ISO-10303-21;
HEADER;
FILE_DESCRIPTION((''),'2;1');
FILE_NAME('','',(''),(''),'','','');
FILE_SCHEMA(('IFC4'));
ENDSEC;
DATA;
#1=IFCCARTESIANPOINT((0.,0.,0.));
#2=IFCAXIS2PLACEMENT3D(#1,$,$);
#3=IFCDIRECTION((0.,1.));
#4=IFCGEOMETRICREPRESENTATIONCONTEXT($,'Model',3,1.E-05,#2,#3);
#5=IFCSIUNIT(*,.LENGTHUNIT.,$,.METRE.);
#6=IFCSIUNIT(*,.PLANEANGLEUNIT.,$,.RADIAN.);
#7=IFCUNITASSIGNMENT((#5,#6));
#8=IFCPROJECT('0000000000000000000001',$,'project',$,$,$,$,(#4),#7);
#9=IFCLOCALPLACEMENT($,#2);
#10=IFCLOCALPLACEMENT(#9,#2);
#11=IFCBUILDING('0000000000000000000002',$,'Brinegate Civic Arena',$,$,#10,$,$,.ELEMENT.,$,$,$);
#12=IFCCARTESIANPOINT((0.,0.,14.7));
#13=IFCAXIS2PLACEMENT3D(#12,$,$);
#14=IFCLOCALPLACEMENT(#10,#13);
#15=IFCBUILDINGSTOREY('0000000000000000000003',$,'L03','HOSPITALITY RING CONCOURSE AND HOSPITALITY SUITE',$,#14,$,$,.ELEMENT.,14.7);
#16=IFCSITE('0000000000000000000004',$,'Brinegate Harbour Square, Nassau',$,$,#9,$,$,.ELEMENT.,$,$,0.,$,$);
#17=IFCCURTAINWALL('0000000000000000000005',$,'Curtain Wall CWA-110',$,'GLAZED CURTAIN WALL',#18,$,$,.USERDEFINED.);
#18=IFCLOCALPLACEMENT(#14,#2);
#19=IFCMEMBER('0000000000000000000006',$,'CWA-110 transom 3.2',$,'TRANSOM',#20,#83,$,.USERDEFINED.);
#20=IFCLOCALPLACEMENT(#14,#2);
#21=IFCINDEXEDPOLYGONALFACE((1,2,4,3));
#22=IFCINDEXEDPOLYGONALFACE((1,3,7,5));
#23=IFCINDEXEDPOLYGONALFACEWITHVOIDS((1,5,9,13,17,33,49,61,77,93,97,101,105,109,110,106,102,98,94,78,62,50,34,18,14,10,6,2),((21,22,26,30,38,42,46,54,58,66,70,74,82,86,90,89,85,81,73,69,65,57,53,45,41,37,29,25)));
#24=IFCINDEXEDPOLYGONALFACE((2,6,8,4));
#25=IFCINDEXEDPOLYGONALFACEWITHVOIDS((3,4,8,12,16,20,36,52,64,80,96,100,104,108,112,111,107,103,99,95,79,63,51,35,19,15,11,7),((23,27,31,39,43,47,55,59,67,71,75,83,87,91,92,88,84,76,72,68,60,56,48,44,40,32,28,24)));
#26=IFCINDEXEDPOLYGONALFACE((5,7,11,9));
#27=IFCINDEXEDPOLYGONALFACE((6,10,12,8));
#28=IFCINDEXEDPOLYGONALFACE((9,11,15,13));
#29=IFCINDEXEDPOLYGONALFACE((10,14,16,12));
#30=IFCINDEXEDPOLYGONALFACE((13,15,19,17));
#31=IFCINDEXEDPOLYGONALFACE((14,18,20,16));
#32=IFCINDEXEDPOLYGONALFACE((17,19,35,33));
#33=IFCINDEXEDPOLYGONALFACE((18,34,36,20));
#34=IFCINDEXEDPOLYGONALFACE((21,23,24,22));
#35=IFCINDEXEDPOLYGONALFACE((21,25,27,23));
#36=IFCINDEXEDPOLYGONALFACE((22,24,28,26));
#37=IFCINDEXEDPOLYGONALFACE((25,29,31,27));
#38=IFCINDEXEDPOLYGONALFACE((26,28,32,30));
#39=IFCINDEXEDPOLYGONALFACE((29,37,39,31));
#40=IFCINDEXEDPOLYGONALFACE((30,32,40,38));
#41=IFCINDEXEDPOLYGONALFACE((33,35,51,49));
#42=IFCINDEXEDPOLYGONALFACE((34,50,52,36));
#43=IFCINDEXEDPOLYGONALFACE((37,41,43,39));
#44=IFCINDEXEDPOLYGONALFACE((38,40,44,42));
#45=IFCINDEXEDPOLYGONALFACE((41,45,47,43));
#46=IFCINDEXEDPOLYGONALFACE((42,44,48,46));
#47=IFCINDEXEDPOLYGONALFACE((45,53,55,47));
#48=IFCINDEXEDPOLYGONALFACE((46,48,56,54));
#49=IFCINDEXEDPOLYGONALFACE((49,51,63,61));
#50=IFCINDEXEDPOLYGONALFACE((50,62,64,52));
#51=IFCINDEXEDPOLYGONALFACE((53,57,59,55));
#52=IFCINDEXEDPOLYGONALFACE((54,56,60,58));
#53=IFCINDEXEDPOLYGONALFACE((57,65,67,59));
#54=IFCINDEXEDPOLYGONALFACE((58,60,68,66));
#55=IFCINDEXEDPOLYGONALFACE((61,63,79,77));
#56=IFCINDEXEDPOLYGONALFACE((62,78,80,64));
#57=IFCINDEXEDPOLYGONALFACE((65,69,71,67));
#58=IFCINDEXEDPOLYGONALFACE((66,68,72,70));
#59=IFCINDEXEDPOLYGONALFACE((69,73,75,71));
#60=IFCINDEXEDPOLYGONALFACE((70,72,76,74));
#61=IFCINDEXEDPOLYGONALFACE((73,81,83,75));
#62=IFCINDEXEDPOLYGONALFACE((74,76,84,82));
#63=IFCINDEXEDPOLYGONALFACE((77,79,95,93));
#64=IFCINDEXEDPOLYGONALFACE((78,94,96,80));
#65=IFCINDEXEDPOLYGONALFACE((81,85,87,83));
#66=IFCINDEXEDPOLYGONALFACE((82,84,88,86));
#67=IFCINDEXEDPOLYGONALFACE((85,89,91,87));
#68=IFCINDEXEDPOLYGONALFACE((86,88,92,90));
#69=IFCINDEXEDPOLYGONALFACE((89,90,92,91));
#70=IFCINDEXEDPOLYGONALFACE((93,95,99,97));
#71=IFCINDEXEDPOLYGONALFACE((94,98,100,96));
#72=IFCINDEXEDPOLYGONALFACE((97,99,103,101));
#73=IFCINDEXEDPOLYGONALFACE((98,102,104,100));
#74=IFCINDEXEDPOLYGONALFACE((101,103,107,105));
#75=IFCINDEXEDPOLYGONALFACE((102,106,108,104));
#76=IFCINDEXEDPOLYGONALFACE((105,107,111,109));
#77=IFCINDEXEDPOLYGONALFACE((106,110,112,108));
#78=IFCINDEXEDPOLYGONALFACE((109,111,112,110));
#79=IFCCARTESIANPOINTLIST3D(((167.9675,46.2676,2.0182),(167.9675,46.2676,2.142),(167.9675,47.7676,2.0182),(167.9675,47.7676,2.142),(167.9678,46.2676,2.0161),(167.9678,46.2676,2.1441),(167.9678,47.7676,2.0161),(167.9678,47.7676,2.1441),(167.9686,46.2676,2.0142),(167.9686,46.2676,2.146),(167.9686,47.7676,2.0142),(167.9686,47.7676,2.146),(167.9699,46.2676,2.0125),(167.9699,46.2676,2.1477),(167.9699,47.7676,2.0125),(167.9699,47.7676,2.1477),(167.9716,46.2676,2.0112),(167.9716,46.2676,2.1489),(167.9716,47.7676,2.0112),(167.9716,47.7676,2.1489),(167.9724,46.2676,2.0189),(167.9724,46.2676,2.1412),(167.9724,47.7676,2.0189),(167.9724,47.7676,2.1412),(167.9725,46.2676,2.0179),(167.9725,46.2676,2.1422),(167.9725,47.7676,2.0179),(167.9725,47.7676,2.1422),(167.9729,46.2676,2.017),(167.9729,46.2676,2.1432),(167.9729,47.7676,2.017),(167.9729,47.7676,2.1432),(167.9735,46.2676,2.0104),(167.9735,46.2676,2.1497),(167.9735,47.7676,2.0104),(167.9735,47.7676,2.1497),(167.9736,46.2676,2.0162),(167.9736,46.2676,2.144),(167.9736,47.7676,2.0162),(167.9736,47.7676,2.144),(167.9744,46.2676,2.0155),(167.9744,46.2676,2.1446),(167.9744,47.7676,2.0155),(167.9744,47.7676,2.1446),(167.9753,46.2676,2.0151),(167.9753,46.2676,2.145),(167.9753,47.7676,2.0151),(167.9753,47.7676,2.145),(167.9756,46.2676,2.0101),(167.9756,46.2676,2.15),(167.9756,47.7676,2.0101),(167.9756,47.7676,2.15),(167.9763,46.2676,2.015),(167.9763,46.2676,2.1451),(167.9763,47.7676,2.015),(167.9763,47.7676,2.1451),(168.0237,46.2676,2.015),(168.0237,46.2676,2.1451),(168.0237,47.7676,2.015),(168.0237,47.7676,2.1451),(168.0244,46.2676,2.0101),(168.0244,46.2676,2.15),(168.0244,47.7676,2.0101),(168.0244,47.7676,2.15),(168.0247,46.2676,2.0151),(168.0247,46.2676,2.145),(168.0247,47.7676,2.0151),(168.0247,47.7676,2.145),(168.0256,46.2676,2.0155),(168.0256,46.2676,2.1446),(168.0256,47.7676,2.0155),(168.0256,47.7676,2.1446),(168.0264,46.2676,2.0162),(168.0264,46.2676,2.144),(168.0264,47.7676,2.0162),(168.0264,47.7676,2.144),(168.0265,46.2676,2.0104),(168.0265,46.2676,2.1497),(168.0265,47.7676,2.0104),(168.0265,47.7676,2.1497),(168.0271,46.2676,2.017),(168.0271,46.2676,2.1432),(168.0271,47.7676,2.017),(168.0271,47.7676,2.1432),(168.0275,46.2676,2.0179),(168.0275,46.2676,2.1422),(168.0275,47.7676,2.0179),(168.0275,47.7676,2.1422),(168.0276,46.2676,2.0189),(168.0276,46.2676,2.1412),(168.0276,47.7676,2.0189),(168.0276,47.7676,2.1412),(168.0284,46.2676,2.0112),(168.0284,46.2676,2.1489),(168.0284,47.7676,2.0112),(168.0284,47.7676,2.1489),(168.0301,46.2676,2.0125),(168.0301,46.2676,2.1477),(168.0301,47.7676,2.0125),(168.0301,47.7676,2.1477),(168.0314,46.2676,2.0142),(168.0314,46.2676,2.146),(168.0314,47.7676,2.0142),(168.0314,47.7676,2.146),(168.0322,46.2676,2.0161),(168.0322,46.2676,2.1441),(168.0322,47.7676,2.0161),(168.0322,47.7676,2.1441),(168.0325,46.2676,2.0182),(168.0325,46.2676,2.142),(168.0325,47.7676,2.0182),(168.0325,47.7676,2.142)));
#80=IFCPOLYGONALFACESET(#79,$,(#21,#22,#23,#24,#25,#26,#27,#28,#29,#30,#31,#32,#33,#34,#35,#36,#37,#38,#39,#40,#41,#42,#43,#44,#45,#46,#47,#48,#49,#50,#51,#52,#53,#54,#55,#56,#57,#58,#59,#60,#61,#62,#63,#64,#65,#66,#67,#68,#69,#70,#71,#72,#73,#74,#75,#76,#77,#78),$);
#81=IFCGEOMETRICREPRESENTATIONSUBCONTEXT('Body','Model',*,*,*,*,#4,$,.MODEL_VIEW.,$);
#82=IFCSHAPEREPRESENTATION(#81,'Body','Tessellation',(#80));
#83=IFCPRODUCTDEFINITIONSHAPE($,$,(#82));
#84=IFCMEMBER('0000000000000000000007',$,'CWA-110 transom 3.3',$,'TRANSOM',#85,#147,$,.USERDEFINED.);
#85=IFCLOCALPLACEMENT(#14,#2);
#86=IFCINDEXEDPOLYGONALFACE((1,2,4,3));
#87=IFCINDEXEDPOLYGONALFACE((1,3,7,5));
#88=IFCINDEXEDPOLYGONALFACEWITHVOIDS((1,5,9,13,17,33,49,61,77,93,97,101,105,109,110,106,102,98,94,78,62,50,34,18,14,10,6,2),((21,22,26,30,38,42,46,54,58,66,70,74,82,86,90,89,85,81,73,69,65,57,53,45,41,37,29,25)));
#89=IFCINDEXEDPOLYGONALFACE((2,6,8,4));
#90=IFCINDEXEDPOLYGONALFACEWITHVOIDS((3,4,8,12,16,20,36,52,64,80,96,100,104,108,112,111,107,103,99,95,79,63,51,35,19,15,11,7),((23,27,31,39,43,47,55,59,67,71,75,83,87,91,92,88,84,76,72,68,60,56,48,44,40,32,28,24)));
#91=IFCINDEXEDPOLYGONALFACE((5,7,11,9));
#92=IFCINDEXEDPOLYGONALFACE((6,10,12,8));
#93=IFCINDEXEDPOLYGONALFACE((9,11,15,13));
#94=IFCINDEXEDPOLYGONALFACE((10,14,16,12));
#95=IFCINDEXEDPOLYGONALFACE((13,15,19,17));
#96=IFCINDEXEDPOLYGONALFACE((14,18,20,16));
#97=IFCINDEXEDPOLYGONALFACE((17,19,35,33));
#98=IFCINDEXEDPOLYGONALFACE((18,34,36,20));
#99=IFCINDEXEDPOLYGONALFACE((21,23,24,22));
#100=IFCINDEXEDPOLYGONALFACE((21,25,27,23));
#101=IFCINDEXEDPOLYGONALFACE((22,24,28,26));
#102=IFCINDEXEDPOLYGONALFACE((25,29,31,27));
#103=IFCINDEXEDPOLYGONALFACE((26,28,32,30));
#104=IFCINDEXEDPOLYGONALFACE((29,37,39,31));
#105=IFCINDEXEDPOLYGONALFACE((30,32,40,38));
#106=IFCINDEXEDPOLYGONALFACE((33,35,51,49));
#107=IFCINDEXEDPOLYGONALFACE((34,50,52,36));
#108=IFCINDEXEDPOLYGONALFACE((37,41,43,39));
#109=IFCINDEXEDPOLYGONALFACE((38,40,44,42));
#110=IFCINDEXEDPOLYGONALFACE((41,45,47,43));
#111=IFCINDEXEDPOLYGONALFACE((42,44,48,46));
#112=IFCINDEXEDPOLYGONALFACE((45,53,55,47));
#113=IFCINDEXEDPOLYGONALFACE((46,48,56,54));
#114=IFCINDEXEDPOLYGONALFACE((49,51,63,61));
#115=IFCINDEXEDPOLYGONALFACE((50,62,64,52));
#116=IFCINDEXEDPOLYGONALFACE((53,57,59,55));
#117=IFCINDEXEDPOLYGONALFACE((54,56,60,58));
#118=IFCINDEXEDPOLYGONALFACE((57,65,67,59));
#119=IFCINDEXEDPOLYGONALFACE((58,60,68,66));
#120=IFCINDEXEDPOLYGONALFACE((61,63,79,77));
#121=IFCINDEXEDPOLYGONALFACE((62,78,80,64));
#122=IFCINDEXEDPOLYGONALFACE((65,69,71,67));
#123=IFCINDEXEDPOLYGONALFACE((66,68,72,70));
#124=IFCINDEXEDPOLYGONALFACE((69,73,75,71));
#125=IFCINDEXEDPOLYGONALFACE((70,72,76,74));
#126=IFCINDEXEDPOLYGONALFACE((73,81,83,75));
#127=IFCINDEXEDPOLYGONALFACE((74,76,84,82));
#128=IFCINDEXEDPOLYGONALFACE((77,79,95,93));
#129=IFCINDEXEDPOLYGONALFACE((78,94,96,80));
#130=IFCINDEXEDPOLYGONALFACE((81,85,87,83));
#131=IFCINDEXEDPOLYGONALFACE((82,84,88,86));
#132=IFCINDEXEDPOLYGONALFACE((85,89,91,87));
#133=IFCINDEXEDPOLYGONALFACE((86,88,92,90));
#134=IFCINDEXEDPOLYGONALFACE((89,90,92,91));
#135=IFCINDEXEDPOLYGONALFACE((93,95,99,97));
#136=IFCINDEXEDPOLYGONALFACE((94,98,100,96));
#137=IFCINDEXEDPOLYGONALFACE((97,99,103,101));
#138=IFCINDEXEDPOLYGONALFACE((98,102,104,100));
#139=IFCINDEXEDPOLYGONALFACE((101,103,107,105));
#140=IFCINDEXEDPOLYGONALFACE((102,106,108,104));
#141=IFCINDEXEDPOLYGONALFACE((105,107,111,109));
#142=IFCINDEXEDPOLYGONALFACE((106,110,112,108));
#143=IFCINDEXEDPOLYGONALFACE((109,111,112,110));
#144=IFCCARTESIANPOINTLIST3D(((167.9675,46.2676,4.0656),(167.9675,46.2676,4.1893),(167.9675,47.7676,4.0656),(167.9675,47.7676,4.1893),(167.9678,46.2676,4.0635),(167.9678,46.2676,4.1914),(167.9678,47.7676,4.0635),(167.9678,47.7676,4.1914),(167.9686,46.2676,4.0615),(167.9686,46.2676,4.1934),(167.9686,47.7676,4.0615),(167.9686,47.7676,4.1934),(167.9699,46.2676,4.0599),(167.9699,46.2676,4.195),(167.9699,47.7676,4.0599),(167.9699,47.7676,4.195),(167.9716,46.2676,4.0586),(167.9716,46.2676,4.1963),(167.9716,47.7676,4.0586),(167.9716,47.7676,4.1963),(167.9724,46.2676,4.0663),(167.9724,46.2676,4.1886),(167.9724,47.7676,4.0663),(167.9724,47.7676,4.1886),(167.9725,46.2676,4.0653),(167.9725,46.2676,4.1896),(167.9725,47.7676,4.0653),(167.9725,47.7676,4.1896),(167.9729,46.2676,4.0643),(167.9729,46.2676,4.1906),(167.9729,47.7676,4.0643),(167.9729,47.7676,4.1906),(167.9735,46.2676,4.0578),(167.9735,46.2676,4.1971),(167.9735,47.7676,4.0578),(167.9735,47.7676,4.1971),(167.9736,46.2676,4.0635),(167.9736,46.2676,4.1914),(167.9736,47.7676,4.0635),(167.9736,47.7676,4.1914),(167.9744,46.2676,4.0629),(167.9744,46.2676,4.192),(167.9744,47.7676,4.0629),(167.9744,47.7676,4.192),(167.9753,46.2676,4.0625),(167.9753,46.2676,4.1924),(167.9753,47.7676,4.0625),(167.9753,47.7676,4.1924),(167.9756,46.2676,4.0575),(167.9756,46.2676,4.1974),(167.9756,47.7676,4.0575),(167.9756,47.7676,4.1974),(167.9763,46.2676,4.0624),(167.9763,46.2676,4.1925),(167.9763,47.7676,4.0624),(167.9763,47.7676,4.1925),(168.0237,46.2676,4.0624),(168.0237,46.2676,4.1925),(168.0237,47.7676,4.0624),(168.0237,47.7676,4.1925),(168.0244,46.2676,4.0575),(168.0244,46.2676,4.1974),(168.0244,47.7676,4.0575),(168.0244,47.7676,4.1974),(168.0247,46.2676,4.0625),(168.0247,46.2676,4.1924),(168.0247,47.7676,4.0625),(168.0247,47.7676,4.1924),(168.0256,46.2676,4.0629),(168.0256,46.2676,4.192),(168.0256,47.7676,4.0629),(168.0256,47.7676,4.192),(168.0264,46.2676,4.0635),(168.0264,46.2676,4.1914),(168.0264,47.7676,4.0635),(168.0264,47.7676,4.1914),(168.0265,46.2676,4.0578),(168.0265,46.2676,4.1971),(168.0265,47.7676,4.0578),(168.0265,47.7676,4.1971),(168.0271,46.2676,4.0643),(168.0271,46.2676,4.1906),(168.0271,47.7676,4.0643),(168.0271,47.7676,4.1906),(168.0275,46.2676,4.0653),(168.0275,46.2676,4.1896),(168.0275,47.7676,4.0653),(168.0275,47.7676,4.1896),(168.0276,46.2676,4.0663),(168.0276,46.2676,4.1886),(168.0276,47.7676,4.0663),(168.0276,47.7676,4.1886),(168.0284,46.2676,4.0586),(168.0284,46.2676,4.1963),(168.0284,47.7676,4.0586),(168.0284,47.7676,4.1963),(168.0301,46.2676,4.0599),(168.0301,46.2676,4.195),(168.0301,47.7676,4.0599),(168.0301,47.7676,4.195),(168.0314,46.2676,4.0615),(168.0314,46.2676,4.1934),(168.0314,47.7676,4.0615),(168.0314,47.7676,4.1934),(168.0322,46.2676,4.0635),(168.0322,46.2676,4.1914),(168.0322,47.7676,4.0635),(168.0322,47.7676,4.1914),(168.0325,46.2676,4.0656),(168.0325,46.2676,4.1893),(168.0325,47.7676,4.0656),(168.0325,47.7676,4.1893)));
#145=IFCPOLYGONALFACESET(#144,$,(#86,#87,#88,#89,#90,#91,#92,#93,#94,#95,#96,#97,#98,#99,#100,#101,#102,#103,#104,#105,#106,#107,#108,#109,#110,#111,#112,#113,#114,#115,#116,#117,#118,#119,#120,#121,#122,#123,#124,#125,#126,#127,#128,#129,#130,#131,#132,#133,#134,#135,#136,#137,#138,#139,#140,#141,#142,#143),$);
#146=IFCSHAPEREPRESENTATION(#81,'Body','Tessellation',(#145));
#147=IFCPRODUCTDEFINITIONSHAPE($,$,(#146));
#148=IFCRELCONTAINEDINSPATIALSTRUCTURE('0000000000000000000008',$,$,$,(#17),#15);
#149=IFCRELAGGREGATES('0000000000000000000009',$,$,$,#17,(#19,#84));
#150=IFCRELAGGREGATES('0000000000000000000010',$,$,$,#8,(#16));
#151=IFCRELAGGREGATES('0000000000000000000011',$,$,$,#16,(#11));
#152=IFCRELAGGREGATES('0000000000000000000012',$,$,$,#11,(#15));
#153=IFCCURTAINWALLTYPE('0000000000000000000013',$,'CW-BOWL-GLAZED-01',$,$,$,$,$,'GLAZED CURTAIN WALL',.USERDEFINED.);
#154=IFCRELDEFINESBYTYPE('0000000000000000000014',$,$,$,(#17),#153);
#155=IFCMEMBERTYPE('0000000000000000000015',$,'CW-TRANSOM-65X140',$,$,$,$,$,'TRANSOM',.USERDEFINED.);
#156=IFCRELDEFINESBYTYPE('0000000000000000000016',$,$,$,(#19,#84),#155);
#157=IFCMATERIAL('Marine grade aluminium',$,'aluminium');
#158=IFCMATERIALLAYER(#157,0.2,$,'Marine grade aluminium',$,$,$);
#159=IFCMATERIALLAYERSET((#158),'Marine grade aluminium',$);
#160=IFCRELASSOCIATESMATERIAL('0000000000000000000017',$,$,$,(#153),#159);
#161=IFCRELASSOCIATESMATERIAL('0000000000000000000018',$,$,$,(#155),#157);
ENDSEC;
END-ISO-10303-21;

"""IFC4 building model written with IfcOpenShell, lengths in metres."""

from ifc_helpers import new_model, si_unit, direction, frame, origin, origin_2d, place, context, subcontext, project, spatial, hollow_rectangle, extrude, material, layer, layer_set, material_profile, profile_set, type_object, element, aggregate, save


model = new_model("IFC4")

# Units and contexts
model_context = context("Model", 3, precision=1e-05, world=origin(), true_north=direction((0.0, 1.0)))
body_context = subcontext(model_context, "Body", "Model", "MODEL_VIEW")
ifc_project = project(units=[si_unit("LENGTHUNIT", "METRE"), si_unit("PLANEANGLEUNIT", "RADIAN")], contexts=[model_context])

# Site, building, storey
site_placement = place(None, origin())
site = spatial("IfcSite", under=ifc_project, at=site_placement, Name="Brinegate Harbour Square, Nassau", CompositionType="ELEMENT", RefElevation=0.0)
building_placement = place(site_placement, origin())
building = spatial("IfcBuilding", under=site, at=building_placement, Name="Brinegate Civic Arena", CompositionType="ELEMENT")
storey_placement = place(building_placement, frame((0.0, 0.0, 14.7)))
storey = spatial("IfcBuildingStorey", under=building, at=storey_placement, Name="L03", Description="HOSPITALITY RING CONCOURSE AND HOSPITALITY SUITE", CompositionType="ELEMENT", Elevation=14.7)

# Curtain wall, members
ifc_material_1 = material(Name="Marine grade aluminium", Category="aluminium")
ifc_layer_1 = layer(ifc_material_1, 0.2, Name="Marine grade aluminium")
ifc_layer_set_1 = layer_set([ifc_layer_1], Name="Marine grade aluminium")
curtain_wall_type = type_object("IfcCurtainWallType", Name="CW-BOWL-GLAZED-01", ElementType="GLAZED CURTAIN WALL", PredefinedType="USERDEFINED", material=ifc_layer_set_1)
curtain_wall_placement = place(storey_placement, origin())
curtain_wall = element("IfcCurtainWall", 1, at=curtain_wall_placement, inside=storey, type_object=curtain_wall_type, Name="Curtain Wall CWA-110", ObjectType="GLAZED CURTAIN WALL", PredefinedType="USERDEFINED")
ifc_material_profile_1 = material_profile(ifc_material_1, hollow_rectangle(XDim=0.0649, YDim=0.1399, WallThickness=0.0049, InnerFilletRadius=0.0039, OuterFilletRadius=0.0081, at=origin_2d()), Name="TRN65X140")
ifc_profile_set_1 = profile_set([ifc_material_profile_1], Name="Marine grade aluminium")
member_type_1 = type_object("IfcMemberType", Name="CW-TRANSOM-65X140", ElementType="TRANSOM", PredefinedType="USERDEFINED", material=ifc_profile_set_1)
member_1_placement = place(storey_placement, frame((168.0, 46.2676, 2.0801), z_axis=(0.0, 1.0, 0.0), x_axis=(-1.0, 0.0, 0.0)))
member_1 = element("IfcMember", 2, at=member_1_placement, type_object=member_type_1, Name="CWA-110 transom 3.2", ObjectType="TRANSOM", PredefinedType="USERDEFINED", context=body_context, shape_type="SweptSolid", body=[
    extrude(hollow_rectangle(XDim=0.0649, YDim=0.1399, WallThickness=0.0049, InnerFilletRadius=0.0039, OuterFilletRadius=0.0081, at=origin_2d()), origin(), (0.0, 0.0, 1.0), 1.5),
])
member_2_placement = place(storey_placement, frame((168.0, 46.2676, 4.1274), z_axis=(0.0, 1.0, 0.0), x_axis=(-1.0, 0.0, 0.0)))
member_2 = element("IfcMember", 3, at=member_2_placement, type_object=member_type_1, Name="CWA-110 transom 3.3", ObjectType="TRANSOM", PredefinedType="USERDEFINED", context=body_context, shape_type="SweptSolid", body=[
    extrude(hollow_rectangle(XDim=0.0649, YDim=0.1399, WallThickness=0.0049, InnerFilletRadius=0.0039, OuterFilletRadius=0.0081, at=origin_2d()), origin(), (0.0, 0.0, 1.0), 1.5),
])
aggregate(curtain_wall, [member_1, member_2])

save(model, "model.ifc")
